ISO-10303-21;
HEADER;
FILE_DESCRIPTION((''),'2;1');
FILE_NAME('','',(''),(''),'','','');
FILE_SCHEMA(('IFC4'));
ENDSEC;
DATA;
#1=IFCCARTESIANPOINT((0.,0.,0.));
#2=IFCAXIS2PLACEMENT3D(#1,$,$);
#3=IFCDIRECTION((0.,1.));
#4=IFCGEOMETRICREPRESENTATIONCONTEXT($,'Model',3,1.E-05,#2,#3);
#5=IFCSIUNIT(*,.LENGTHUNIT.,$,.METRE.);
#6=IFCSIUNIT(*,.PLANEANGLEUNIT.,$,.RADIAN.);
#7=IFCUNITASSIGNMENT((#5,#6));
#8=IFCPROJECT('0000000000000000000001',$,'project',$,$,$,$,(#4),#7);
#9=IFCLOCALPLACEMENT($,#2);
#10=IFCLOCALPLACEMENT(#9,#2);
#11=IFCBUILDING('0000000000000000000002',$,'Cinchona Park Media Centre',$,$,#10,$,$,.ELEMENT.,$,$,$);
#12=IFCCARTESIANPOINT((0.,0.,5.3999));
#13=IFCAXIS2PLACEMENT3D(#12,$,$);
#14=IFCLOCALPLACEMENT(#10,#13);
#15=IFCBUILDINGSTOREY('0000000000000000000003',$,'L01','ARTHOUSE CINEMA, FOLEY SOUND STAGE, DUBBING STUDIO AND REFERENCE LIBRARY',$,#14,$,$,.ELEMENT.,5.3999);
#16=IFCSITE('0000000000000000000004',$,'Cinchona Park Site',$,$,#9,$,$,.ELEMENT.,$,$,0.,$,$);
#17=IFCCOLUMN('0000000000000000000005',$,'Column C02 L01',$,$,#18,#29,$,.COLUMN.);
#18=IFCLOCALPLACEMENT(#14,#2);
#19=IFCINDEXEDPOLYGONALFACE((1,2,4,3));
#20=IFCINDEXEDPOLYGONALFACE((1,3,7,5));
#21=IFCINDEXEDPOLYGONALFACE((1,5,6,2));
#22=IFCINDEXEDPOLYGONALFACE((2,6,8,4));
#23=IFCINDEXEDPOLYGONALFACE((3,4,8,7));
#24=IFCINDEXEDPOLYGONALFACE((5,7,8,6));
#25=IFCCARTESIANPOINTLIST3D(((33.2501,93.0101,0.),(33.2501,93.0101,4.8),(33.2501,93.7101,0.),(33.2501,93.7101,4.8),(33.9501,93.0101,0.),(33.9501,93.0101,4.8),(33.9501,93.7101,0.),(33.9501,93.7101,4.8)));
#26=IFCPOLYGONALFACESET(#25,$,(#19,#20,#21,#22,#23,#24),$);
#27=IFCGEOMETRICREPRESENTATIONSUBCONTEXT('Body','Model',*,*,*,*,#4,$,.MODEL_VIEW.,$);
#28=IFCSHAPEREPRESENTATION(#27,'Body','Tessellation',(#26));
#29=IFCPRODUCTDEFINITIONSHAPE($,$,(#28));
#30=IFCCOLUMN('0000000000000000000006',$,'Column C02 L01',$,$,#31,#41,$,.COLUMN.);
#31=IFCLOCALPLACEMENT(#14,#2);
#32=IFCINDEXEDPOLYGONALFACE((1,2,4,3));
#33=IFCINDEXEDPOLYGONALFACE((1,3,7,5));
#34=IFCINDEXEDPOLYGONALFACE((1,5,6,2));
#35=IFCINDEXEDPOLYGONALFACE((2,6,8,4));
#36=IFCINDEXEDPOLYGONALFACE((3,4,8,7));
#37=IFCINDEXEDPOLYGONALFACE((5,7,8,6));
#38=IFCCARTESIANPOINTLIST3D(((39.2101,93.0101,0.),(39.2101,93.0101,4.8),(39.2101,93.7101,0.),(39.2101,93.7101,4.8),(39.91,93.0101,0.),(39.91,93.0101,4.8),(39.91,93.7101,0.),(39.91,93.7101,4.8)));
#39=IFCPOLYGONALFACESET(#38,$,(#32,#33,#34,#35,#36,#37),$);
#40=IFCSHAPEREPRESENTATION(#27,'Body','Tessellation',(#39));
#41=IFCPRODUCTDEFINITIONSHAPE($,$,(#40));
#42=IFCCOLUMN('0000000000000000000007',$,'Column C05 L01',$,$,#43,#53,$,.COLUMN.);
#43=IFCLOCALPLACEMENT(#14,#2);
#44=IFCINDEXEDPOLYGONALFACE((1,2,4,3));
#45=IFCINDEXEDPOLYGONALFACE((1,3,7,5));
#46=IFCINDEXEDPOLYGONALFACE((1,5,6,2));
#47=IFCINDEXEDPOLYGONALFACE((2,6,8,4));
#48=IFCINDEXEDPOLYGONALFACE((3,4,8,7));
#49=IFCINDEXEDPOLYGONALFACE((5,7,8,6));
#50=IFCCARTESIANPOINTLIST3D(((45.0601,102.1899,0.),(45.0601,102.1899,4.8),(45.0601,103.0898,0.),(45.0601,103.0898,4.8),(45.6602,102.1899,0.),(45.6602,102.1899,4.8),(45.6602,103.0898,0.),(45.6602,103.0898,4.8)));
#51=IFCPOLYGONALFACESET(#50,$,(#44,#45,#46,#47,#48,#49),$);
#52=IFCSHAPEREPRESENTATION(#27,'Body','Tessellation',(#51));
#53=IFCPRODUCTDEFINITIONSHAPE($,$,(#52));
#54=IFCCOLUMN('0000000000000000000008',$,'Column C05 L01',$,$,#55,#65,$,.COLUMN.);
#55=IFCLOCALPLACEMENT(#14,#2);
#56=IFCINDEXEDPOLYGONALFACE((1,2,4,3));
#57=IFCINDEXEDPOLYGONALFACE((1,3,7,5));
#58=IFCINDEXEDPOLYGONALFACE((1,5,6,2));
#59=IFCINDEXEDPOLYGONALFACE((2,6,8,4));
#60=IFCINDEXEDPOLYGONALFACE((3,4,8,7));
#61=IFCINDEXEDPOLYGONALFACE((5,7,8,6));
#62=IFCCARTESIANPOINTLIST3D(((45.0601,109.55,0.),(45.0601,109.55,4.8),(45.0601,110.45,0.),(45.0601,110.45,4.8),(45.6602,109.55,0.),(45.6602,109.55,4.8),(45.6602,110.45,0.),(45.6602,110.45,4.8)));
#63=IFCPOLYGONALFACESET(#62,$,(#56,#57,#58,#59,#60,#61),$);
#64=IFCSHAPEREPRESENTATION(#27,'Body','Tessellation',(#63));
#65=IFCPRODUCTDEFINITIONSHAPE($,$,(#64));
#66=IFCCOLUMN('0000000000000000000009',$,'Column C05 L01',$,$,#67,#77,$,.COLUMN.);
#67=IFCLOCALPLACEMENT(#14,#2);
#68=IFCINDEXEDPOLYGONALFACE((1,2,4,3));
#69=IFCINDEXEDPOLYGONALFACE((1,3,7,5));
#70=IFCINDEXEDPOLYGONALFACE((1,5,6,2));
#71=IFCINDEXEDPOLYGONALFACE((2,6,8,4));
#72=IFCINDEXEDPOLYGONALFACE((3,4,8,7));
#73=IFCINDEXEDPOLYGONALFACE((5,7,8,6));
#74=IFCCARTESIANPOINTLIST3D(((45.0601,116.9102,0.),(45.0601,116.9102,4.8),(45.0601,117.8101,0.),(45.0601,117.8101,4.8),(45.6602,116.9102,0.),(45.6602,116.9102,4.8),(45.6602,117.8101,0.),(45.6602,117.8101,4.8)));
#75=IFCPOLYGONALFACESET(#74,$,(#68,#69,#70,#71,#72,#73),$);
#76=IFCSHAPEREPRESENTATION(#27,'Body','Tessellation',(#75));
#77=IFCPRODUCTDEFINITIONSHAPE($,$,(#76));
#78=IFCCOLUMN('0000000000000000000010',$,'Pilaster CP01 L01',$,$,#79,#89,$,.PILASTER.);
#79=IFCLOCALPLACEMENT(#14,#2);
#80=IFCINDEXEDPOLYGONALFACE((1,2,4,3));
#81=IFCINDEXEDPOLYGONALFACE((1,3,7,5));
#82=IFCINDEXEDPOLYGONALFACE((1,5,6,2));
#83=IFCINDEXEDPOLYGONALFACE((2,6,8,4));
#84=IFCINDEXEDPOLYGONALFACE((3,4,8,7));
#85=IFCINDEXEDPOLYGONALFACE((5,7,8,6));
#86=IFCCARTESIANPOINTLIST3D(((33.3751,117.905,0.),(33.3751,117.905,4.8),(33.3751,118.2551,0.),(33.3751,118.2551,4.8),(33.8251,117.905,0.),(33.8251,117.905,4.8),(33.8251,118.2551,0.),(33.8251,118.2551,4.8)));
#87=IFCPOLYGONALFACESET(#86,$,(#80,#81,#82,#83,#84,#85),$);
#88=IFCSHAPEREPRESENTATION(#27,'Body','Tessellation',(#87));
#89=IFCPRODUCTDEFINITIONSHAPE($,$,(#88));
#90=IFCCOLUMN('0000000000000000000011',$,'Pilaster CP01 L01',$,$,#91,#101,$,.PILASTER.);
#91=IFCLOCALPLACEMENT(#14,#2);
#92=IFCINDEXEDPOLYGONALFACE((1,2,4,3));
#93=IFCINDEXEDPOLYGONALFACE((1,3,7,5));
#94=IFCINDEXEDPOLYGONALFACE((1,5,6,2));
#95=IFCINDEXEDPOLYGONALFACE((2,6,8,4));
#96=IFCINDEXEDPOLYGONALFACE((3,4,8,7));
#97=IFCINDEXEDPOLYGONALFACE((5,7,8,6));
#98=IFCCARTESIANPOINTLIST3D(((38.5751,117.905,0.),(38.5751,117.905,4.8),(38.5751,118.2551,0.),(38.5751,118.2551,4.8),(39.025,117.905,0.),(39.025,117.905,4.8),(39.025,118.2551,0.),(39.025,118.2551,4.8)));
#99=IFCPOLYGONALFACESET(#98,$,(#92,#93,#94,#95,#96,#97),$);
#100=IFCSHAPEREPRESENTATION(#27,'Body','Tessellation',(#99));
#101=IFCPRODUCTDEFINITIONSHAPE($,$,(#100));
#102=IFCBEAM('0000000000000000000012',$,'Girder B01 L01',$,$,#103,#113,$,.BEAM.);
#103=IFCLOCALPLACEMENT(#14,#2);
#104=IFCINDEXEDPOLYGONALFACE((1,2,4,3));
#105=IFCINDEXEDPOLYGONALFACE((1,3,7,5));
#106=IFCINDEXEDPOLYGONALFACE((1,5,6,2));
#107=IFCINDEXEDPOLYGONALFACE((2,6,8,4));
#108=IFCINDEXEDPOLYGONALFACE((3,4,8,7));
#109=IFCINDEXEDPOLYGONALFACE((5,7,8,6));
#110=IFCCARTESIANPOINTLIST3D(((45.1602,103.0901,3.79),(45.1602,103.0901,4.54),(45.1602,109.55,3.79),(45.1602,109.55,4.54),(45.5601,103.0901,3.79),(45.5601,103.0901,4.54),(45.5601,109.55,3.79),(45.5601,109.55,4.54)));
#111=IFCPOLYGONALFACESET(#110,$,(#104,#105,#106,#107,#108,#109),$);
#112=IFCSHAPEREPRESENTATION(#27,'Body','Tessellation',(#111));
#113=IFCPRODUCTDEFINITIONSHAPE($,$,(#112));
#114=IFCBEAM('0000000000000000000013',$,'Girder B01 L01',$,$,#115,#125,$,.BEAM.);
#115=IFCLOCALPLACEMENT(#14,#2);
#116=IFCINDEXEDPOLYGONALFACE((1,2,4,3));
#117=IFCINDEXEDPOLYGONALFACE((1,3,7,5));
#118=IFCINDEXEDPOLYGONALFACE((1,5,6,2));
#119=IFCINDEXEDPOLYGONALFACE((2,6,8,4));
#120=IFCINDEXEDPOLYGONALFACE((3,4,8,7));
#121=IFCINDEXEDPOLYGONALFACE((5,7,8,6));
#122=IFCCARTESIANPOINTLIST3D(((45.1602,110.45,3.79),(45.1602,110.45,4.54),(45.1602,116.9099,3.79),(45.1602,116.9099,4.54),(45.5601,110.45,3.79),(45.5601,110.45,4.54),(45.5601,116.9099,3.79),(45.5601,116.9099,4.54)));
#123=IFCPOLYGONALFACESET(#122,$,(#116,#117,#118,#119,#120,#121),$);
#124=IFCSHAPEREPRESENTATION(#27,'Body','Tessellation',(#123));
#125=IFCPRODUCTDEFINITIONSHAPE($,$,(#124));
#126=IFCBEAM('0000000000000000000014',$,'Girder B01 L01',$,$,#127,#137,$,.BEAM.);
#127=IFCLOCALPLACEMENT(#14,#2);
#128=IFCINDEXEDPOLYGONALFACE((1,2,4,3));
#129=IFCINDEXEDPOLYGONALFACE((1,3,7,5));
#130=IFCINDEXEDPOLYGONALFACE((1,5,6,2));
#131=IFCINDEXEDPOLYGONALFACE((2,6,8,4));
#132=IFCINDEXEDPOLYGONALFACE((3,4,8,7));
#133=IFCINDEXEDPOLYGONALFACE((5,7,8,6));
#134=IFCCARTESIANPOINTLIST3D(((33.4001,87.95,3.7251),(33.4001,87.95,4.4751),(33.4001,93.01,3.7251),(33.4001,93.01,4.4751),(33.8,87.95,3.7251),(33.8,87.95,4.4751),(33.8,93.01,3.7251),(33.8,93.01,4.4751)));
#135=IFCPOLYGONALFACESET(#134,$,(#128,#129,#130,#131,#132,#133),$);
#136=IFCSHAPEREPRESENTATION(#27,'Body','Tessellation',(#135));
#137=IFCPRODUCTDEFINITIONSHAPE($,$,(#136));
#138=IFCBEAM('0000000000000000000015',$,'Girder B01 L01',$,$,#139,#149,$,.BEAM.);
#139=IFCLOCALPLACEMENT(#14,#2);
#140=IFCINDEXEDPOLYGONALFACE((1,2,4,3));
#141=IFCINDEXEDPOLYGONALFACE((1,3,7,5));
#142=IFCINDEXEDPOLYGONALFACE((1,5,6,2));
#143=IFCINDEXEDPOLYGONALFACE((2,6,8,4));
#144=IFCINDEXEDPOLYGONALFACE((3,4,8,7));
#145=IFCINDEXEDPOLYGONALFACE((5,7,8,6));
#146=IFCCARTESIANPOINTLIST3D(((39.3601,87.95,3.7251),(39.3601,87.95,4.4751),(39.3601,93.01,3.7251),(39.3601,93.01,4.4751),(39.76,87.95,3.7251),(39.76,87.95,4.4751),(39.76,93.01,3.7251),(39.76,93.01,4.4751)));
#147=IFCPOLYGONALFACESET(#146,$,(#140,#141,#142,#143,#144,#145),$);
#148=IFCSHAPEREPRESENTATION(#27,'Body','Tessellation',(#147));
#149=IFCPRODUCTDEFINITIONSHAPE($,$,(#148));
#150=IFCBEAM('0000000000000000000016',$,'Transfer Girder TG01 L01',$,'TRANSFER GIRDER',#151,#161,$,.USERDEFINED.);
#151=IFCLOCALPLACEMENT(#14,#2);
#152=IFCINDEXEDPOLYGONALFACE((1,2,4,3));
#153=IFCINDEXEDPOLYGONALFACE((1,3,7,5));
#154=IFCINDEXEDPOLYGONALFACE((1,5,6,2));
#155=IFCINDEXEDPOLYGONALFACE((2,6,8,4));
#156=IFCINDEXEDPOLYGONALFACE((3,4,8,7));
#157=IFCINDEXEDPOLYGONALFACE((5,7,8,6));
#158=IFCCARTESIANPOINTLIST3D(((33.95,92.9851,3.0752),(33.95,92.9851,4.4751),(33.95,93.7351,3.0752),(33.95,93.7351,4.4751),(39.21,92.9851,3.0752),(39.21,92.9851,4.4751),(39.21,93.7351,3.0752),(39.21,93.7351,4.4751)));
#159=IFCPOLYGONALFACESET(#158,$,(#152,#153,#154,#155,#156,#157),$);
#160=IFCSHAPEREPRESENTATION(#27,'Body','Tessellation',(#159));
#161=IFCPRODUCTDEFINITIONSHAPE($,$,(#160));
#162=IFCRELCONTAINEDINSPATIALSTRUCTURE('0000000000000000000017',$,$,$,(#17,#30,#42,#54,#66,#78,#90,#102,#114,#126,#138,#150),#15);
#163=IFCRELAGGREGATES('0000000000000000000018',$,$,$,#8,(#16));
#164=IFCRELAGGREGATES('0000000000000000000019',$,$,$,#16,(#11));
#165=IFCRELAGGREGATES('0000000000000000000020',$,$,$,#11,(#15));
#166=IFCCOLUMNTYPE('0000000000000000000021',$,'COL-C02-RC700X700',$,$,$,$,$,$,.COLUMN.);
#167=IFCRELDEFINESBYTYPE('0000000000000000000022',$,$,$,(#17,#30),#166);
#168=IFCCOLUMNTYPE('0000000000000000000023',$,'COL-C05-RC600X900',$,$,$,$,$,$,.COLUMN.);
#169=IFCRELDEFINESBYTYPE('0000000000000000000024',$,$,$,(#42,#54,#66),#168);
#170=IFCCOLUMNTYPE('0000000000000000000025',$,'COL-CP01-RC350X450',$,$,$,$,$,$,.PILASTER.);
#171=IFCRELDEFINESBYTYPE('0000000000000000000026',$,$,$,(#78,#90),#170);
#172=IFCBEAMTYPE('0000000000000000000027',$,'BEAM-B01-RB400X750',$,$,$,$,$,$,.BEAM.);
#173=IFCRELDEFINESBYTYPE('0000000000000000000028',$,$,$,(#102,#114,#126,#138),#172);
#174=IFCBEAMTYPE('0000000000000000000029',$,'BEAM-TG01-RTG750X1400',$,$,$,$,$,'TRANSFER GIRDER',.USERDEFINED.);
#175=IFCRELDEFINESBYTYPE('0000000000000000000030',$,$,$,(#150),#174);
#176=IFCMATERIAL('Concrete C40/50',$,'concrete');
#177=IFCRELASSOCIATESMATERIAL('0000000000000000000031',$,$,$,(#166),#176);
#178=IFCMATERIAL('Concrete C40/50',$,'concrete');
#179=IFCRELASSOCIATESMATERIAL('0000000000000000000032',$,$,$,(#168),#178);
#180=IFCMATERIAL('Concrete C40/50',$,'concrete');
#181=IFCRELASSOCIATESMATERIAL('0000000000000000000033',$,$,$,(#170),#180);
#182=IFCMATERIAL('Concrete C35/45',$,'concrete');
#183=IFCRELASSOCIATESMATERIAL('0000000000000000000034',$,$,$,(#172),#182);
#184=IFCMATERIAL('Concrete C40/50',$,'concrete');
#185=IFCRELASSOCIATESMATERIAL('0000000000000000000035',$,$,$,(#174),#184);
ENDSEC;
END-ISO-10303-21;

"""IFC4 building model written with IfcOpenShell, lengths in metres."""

from ifc_helpers import new_model, si_unit, direction, frame, origin, origin_2d, place, context, subcontext, project, spatial, rectangle, extrude, material, material_profile, profile_set, type_object, element, save


model = new_model("IFC4")

# Units and contexts
model_context = context("Model", 3, precision=1e-05, world=origin(), true_north=direction((0.0, 1.0)))
body_context = subcontext(model_context, "Body", "Model", "MODEL_VIEW")
ifc_project = project(units=[si_unit("LENGTHUNIT", "METRE"), si_unit("PLANEANGLEUNIT", "RADIAN")], contexts=[model_context])

# Site, building, storey
site_placement = place(None, origin())
site = spatial("IfcSite", under=ifc_project, at=site_placement, Name="Cinchona Park Site", CompositionType="ELEMENT", RefElevation=0.0)
building_placement = place(site_placement, origin())
building = spatial("IfcBuilding", under=site, at=building_placement, Name="Cinchona Park Media Centre", CompositionType="ELEMENT")
storey_placement = place(building_placement, frame((0.0, 0.0, 5.3999)))
storey = spatial("IfcBuildingStorey", under=building, at=storey_placement, Name="L01", Description="ARTHOUSE CINEMA, FOLEY SOUND STAGE, DUBBING STUDIO AND REFERENCE LIBRARY", CompositionType="ELEMENT", Elevation=5.3999)

# Columns
ifc_material_1 = material(Name="Concrete C40/50", Category="concrete")
ifc_material_profile_1 = material_profile(ifc_material_1, rectangle(XDim=0.7, YDim=0.7, at=origin_2d()), Name="RC 700X700")
ifc_profile_set_1 = profile_set([ifc_material_profile_1], Name="Concrete C40/50")
column_type_1 = type_object("IfcColumnType", Name="COL-C02-RC700X700", PredefinedType="COLUMN", material=ifc_profile_set_1)
for number, where, z_axis, x_axis, name in (
    (1, (33.6001, 93.3601, 0.0), (0.0, 0.0, 1.0), (1.0, 0.0, 0.0), "Column C02 L01"),
    (2, (39.5601, 93.3601, 0.0), (0.0, 0.0, 1.0), (1.0, 0.0, 0.0), "Column C02 L01"),
):
    element("IfcColumn", number, at=place(storey_placement, frame(where, z_axis=z_axis, x_axis=x_axis)), inside=storey, type_object=column_type_1, Name=name, PredefinedType="COLUMN", context=body_context, shape_type="SweptSolid", body=[
        extrude(rectangle(XDim=0.7, YDim=0.7, at=origin_2d()), origin(), (0.0, 0.0, 1.0), 4.8),
    ])
ifc_material_2 = material(Name="Concrete C40/50", Category="concrete")
ifc_material_profile_2 = material_profile(ifc_material_2, rectangle(XDim=0.6001, YDim=0.8999, at=origin_2d()), Name="RC 600X900")
ifc_profile_set_2 = profile_set([ifc_material_profile_2], Name="Concrete C40/50")
column_type_2 = type_object("IfcColumnType", Name="COL-C05-RC600X900", PredefinedType="COLUMN", material=ifc_profile_set_2)
for number, where, z_axis, x_axis, name in (
    (3, (45.3601, 102.6399, 0.0), (0.0, 0.0, 1.0), (1.0, 0.0, 0.0), "Column C05 L01"),
    (4, (45.3601, 110.0, 0.0), (0.0, 0.0, 1.0), (1.0, 0.0, 0.0), "Column C05 L01"),
    (5, (45.3601, 117.3601, 0.0), (0.0, 0.0, 1.0), (1.0, 0.0, 0.0), "Column C05 L01"),
):
    element("IfcColumn", number, at=place(storey_placement, frame(where, z_axis=z_axis, x_axis=x_axis)), inside=storey, type_object=column_type_2, Name=name, PredefinedType="COLUMN", context=body_context, shape_type="SweptSolid", body=[
        extrude(rectangle(XDim=0.6001, YDim=0.8999, at=origin_2d()), origin(), (0.0, 0.0, 1.0), 4.8),
    ])
ifc_material_3 = material(Name="Concrete C40/50", Category="concrete")
ifc_material_profile_3 = material_profile(ifc_material_3, rectangle(XDim=0.3501, YDim=0.45, at=origin_2d()), Name="RC 350X450")
ifc_profile_set_3 = profile_set([ifc_material_profile_3], Name="Concrete C40/50")
column_type_3 = type_object("IfcColumnType", Name="COL-CP01-RC350X450", PredefinedType="PILASTER", material=ifc_profile_set_3)
for number, where, z_axis, x_axis, name in (
    (6, (33.6001, 118.0801, 0.0), (0.0, 0.0, 1.0), (0.0, 1.0, 0.0), "Pilaster CP01 L01"),
    (7, (38.8, 118.0801, 0.0), (0.0, 0.0, 1.0), (0.0, 1.0, 0.0), "Pilaster CP01 L01"),
):
    element("IfcColumn", number, at=place(storey_placement, frame(where, z_axis=z_axis, x_axis=x_axis)), inside=storey, type_object=column_type_3, Name=name, PredefinedType="PILASTER", context=body_context, shape_type="SweptSolid", body=[
        extrude(rectangle(XDim=0.3501, YDim=0.45, at=origin_2d()), origin(), (0.0, 0.0, 1.0), 4.8),
    ])

# Beams
ifc_material_4 = material(Name="Concrete C35/45", Category="concrete")
ifc_material_profile_4 = material_profile(ifc_material_4, rectangle(XDim=0.3999, YDim=0.75, at=origin_2d()), Name="RB 400X750")
ifc_profile_set_4 = profile_set([ifc_material_profile_4], Name="Concrete C35/45")
beam_type_1 = type_object("IfcBeamType", Name="BEAM-B01-RB400X750", PredefinedType="BEAM", material=ifc_profile_set_4)
for number, where, z_axis, x_axis, name in (
    (8, (45.3601, 103.0901, 4.165), (0.0, 1.0, 0.0), (-1.0, 0.0, 0.0), "Girder B01 L01"),
    (9, (45.3601, 110.45, 4.165), (0.0, 1.0, 0.0), (-1.0, 0.0, 0.0), "Girder B01 L01"),
):
    element("IfcBeam", number, at=place(storey_placement, frame(where, z_axis=z_axis, x_axis=x_axis)), inside=storey, type_object=beam_type_1, Name=name, PredefinedType="BEAM", context=body_context, shape_type="SweptSolid", body=[
        extrude(rectangle(XDim=0.3999, YDim=0.75, at=origin_2d()), origin(), (0.0, 0.0, 1.0), 6.46),
    ])
for number, where, z_axis, x_axis, name in (
    (10, (33.6001, 87.95, 4.1001), (0.0, 1.0, 0.0), (-1.0, 0.0, 0.0), "Girder B01 L01"),
    (11, (39.5601, 87.95, 4.1001), (0.0, 1.0, 0.0), (-1.0, 0.0, 0.0), "Girder B01 L01"),
):
    element("IfcBeam", number, at=place(storey_placement, frame(where, z_axis=z_axis, x_axis=x_axis)), inside=storey, type_object=beam_type_1, Name=name, PredefinedType="BEAM", context=body_context, shape_type="SweptSolid", body=[
        extrude(rectangle(XDim=0.3999, YDim=0.75, at=origin_2d()), origin(), (0.0, 0.0, 1.0), 5.0601),
    ])
ifc_material_5 = material(Name="Concrete C40/50", Category="concrete")
ifc_material_profile_5 = material_profile(ifc_material_5, rectangle(XDim=0.75, YDim=1.3999, at=origin_2d()), Name="RTG 750X1400")
ifc_profile_set_5 = profile_set([ifc_material_profile_5], Name="Concrete C40/50")
beam_type_2 = type_object("IfcBeamType", Name="BEAM-TG01-RTG750X1400", ElementType="TRANSFER GIRDER", PredefinedType="USERDEFINED", material=ifc_profile_set_5)
beam_placement = place(storey_placement, frame((33.95, 93.3601, 3.7751), z_axis=(1.0, 0.0, 0.0), x_axis=(0.0, 1.0, 0.0)))
element("IfcBeam", 12, at=beam_placement, inside=storey, type_object=beam_type_2, Name="Transfer Girder TG01 L01", ObjectType="TRANSFER GIRDER", PredefinedType="USERDEFINED", context=body_context, shape_type="SweptSolid", body=[
    extrude(rectangle(XDim=0.75, YDim=1.3999, at=origin_2d()), origin(), (0.0, 0.0, 1.0), 5.26),
])

save(model, "model.ifc")
